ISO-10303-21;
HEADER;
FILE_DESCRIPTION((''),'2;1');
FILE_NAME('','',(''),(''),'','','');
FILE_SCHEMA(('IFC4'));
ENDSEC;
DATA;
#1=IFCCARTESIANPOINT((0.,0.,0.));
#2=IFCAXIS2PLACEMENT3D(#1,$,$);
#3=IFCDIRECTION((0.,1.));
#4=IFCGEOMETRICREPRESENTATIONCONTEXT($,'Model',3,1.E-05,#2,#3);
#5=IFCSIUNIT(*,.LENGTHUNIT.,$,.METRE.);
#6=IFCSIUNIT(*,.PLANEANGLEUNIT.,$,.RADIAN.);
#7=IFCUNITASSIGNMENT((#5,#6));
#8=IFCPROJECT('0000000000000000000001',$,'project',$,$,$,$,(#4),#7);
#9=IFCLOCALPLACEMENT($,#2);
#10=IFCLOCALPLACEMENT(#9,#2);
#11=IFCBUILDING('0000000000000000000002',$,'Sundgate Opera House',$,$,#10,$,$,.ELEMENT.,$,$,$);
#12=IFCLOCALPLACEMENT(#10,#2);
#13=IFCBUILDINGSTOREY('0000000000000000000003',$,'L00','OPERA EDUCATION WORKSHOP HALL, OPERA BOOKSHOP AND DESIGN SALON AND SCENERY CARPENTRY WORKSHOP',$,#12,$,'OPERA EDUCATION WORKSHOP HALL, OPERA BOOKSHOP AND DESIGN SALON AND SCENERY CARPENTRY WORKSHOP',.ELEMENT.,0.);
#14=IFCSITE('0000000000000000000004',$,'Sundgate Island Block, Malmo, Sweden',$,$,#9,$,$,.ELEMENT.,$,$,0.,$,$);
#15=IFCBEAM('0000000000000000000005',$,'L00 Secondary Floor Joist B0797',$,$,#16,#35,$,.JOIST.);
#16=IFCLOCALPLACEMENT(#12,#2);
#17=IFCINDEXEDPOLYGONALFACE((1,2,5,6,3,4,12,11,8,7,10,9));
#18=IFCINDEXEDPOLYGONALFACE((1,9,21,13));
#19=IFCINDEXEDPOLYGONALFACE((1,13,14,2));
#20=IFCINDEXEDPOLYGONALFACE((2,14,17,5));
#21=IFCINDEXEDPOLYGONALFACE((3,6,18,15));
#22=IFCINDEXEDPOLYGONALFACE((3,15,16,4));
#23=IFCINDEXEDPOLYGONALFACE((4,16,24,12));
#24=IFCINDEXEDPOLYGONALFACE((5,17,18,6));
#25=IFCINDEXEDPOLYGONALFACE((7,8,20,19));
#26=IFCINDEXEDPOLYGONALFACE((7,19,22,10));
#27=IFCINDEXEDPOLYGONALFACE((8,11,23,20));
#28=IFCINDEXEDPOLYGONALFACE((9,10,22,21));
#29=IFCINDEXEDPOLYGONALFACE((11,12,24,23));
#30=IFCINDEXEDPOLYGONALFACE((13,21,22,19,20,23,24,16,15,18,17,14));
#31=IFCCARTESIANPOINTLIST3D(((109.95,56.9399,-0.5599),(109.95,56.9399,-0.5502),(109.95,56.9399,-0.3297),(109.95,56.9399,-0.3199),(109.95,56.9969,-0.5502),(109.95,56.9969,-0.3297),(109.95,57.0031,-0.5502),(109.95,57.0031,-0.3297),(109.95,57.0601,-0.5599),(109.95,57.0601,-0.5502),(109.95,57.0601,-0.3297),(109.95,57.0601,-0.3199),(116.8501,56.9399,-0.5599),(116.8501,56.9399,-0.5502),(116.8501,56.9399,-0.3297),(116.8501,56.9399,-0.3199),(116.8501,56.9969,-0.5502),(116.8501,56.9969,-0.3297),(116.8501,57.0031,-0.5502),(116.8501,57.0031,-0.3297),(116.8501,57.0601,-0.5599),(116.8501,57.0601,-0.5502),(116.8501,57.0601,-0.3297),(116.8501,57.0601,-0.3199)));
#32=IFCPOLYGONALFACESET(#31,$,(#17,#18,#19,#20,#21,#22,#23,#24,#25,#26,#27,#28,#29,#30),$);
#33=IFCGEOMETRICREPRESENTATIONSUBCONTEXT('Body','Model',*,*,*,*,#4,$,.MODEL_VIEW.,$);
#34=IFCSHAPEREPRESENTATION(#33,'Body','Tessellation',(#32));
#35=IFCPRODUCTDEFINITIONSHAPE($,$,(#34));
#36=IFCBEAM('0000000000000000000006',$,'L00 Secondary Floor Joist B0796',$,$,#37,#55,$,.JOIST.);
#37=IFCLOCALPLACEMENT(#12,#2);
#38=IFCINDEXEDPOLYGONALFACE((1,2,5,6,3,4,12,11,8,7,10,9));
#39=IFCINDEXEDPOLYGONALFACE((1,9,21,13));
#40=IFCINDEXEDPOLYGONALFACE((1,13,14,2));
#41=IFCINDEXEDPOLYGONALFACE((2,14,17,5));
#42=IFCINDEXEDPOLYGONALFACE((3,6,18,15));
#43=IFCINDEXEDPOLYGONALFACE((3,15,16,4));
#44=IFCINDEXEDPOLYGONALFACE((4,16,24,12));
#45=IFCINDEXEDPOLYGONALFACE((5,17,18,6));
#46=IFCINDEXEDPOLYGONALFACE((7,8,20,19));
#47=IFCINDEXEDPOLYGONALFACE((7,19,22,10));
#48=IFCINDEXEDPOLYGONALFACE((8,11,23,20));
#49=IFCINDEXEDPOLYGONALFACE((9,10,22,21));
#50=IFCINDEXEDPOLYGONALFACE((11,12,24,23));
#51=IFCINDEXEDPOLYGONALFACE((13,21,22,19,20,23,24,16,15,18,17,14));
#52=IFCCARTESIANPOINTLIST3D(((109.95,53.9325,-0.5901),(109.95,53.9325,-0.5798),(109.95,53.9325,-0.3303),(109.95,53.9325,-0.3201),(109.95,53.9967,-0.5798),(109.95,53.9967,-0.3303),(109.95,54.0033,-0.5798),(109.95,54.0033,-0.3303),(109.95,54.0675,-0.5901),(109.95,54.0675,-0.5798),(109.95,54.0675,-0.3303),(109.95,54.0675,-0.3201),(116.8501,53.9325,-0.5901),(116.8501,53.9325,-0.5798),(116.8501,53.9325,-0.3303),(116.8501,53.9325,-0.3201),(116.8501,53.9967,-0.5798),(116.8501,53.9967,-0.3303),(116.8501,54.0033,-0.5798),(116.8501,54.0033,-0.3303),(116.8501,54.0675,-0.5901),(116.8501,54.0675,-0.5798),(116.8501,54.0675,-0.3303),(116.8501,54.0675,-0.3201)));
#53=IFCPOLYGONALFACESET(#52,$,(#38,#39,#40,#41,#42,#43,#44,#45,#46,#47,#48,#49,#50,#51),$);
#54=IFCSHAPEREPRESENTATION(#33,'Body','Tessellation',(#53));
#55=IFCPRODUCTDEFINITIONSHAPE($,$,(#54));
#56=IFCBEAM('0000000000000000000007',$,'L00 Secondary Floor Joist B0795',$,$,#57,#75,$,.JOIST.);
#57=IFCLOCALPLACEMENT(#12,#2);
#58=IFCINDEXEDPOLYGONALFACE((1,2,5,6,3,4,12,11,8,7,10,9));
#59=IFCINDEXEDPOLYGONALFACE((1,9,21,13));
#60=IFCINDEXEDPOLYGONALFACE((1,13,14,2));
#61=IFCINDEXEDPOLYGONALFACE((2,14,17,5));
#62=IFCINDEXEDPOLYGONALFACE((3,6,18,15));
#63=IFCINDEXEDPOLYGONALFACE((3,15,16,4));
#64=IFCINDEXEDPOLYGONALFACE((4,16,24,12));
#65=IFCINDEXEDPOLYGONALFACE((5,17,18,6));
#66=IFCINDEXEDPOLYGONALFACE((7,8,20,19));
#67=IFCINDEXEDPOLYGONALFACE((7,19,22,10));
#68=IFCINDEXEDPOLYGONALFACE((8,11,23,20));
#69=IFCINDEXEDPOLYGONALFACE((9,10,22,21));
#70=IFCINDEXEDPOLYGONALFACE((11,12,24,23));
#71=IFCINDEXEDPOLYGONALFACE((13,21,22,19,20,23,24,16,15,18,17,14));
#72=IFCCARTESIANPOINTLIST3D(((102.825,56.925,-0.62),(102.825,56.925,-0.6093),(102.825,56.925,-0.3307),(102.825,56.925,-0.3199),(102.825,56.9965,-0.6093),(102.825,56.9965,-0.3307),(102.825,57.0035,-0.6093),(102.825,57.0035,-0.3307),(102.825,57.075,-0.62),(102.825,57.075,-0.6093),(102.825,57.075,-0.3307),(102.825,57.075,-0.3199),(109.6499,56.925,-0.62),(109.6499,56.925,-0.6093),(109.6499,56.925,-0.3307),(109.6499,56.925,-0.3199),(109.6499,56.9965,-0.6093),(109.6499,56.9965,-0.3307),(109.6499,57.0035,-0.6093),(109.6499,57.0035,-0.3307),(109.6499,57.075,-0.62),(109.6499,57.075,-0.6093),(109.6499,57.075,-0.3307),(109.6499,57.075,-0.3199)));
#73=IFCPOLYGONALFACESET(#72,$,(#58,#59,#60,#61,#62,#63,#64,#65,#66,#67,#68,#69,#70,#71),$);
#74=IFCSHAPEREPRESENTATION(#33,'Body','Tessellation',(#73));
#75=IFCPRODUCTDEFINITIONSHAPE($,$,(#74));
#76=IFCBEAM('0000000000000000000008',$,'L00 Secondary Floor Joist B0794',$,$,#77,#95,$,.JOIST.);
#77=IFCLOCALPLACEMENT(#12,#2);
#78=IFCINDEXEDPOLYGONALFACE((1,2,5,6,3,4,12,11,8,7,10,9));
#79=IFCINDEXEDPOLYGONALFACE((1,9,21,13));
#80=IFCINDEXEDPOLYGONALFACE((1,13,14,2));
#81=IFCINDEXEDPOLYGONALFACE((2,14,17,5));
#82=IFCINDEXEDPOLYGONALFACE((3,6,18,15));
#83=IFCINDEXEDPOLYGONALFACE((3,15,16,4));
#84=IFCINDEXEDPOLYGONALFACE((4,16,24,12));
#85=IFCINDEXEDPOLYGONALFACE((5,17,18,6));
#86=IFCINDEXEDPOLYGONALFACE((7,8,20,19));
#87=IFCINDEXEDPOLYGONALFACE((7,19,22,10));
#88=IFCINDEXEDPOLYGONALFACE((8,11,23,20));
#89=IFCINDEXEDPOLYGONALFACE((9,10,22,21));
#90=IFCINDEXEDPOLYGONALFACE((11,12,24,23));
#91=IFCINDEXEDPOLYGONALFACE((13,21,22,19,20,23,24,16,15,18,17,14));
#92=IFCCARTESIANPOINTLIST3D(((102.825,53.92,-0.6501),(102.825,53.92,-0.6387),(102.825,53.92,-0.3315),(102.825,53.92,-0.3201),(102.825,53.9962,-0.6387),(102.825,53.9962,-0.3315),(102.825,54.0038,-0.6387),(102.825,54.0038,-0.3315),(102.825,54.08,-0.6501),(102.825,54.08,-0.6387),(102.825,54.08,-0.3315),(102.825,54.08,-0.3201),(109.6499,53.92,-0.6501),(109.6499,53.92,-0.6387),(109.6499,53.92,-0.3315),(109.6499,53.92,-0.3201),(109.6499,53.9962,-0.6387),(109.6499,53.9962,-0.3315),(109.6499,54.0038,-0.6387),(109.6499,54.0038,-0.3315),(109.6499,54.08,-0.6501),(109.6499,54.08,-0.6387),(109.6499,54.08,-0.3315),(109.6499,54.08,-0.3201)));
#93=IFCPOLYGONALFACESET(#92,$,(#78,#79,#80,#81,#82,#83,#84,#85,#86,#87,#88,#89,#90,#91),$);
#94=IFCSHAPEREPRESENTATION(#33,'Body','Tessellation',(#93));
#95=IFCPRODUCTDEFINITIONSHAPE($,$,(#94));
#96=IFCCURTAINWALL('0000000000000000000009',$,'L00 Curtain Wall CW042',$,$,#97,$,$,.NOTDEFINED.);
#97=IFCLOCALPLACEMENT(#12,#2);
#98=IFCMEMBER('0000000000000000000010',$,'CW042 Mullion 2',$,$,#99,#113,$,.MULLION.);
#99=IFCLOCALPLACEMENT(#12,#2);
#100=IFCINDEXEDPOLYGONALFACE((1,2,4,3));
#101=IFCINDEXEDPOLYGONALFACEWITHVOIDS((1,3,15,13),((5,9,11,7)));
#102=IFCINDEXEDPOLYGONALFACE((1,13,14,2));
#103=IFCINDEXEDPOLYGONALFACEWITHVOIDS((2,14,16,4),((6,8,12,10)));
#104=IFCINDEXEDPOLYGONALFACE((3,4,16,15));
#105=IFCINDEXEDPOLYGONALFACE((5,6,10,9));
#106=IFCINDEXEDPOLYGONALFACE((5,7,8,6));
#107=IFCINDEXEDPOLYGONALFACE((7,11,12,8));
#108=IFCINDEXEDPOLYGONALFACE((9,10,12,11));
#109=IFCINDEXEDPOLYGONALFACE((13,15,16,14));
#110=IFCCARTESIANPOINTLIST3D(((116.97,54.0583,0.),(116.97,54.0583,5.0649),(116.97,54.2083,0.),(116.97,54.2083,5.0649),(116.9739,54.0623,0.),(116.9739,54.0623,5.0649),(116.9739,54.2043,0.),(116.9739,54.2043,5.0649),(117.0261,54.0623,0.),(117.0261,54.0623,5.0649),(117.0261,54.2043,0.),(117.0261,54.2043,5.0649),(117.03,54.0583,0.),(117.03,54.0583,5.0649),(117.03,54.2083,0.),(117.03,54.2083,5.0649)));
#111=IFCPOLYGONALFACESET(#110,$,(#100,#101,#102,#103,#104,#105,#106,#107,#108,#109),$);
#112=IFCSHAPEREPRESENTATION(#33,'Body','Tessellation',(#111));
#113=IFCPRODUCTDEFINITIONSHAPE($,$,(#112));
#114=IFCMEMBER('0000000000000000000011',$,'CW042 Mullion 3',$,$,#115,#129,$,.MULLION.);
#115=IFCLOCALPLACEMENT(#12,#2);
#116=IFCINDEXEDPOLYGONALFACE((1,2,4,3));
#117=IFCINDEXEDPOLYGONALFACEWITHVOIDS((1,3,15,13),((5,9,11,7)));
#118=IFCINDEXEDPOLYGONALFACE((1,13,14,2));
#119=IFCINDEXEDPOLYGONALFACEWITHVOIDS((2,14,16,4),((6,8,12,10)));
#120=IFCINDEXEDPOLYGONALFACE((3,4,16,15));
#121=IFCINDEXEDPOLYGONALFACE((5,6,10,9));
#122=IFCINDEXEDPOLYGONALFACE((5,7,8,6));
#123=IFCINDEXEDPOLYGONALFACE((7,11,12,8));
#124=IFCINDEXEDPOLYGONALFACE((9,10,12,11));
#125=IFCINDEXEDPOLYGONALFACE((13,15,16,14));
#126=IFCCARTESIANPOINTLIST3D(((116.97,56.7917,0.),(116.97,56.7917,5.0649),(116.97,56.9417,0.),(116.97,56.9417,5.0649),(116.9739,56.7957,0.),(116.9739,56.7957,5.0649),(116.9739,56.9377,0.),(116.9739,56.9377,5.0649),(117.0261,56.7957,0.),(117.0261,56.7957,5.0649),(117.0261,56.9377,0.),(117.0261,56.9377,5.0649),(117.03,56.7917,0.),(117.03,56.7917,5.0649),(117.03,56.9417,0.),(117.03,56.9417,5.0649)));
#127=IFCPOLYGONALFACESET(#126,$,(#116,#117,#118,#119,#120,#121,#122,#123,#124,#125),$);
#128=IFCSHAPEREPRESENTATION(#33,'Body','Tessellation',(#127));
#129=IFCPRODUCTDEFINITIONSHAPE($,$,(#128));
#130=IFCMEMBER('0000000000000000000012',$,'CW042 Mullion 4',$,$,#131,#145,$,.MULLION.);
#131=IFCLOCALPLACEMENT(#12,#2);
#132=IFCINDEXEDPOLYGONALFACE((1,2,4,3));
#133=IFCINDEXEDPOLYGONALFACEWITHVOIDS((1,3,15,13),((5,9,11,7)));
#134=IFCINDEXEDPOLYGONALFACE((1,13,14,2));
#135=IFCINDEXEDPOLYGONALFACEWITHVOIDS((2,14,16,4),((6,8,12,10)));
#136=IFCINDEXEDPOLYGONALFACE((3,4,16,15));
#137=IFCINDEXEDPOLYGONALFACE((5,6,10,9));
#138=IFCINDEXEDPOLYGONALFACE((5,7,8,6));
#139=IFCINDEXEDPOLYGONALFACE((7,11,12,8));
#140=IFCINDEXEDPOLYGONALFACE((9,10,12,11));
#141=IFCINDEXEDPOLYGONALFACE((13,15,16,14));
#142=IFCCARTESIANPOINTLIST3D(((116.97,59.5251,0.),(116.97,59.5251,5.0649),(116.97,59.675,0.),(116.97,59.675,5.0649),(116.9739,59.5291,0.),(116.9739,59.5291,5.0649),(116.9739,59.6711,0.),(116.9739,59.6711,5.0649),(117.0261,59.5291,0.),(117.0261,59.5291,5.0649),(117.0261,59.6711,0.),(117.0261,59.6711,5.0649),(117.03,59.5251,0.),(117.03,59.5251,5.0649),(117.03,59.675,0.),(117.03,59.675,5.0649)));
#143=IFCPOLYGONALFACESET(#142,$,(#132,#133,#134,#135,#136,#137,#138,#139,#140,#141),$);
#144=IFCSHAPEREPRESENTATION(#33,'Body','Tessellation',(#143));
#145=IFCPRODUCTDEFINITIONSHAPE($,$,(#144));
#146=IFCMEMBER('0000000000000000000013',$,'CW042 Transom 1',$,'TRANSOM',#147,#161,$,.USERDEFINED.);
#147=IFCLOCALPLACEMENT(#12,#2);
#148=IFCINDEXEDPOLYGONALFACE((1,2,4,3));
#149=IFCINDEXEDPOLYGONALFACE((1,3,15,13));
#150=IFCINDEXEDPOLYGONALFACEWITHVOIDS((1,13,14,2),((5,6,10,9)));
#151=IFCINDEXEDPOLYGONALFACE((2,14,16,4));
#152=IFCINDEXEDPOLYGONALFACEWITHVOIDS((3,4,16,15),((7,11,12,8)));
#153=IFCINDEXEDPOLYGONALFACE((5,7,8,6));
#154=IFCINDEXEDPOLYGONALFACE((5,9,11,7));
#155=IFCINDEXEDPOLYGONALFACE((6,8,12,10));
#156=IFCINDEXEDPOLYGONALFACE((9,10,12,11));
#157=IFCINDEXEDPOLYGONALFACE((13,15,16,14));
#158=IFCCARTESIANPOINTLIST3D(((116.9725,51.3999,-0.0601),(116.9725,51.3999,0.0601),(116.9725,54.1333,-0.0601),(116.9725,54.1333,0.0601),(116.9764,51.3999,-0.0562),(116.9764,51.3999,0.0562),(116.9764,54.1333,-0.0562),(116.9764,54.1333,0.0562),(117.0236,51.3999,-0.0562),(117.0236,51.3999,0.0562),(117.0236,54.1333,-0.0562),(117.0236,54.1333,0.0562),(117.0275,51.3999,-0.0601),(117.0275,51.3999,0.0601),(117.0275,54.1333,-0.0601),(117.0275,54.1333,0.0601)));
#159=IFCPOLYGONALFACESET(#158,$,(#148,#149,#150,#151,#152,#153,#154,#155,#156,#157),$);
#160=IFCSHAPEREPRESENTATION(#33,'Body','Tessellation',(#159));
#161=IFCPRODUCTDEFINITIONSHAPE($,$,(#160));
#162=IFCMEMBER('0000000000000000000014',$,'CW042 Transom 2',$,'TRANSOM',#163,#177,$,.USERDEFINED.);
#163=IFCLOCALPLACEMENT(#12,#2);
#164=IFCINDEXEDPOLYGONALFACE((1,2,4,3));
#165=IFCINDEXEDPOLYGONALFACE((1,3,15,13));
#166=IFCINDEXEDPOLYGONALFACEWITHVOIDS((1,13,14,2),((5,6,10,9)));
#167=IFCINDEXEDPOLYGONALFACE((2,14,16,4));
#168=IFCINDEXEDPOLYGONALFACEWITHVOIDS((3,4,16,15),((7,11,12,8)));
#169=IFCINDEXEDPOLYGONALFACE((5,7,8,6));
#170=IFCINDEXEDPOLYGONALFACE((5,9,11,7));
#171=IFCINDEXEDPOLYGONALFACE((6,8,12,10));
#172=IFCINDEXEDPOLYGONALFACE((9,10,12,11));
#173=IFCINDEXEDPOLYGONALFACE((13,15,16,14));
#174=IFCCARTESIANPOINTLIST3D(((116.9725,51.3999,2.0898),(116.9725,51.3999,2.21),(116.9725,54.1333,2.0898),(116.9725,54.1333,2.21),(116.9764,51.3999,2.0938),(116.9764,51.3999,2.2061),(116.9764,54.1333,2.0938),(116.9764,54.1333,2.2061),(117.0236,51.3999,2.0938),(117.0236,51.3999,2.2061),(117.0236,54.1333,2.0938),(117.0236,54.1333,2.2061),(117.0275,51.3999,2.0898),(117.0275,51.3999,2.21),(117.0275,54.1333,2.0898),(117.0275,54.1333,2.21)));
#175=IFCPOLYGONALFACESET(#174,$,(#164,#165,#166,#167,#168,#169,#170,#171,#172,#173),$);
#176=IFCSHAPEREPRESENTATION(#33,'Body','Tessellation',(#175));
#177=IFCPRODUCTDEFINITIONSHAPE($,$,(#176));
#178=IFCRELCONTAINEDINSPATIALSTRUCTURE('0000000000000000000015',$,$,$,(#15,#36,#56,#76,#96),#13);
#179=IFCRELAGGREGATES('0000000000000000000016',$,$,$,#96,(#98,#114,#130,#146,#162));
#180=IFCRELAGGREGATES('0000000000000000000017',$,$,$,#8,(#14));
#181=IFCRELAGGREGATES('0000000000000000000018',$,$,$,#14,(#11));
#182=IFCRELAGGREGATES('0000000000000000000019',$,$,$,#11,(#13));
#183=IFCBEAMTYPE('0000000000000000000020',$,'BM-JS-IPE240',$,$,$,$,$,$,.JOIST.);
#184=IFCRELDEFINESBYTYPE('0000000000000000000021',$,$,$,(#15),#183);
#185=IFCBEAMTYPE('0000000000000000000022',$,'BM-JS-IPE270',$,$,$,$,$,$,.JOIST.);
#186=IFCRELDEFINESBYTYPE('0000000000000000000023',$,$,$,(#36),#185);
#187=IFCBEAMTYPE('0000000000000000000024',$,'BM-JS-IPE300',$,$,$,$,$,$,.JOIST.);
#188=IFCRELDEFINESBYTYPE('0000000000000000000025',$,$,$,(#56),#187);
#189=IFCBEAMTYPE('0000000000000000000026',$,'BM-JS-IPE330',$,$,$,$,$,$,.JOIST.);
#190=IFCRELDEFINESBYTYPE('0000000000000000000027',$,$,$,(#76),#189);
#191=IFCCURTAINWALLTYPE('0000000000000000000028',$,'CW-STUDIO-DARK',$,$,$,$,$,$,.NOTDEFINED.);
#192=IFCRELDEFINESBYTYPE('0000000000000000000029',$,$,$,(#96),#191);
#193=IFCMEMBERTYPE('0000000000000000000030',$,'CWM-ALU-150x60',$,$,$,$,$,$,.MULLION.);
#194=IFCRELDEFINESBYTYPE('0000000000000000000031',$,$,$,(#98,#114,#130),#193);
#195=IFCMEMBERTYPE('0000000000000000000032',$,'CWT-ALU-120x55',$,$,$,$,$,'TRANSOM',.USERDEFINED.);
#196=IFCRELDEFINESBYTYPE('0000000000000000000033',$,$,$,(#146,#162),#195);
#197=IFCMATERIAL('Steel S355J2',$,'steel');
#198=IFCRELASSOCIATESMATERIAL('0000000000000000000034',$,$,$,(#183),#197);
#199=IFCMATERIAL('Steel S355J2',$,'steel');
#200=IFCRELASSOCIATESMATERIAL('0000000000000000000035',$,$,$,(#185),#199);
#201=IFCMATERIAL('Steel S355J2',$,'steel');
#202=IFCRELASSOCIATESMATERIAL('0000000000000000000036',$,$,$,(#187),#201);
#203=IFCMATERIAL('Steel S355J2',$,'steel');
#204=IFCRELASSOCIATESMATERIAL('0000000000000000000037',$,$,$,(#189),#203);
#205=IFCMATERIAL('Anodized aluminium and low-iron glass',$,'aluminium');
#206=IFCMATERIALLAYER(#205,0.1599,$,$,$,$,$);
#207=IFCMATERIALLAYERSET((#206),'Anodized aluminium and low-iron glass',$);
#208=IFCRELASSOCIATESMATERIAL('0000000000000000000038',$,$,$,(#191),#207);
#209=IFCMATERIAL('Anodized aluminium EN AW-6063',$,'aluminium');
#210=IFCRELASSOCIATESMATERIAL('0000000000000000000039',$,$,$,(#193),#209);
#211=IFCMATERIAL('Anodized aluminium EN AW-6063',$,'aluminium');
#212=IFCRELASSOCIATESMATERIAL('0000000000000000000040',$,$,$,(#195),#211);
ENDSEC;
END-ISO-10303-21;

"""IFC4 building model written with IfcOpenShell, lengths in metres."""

from ifc_helpers import new_model, si_unit, direction, frame, origin, origin_2d, place, context, subcontext, project, spatial, hollow_rectangle, i_section, extrude, material, layer, layer_set, material_profile, profile_set, type_object, element, aggregate, save


model = new_model("IFC4")

# Units and contexts
model_context = context("Model", 3, precision=1e-05, world=origin(), true_north=direction((0.0, 1.0)))
body_context = subcontext(model_context, "Body", "Model", "MODEL_VIEW")
ifc_project = project(units=[si_unit("LENGTHUNIT", "METRE"), si_unit("PLANEANGLEUNIT", "RADIAN")], contexts=[model_context])

# Site, building, storey
site_placement = place(None, origin())
site = spatial("IfcSite", under=ifc_project, at=site_placement, Name="Sundgate Island Block, Malmo, Sweden", CompositionType="ELEMENT", RefElevation=0.0)
building_placement = place(site_placement, origin())
building = spatial("IfcBuilding", under=site, at=building_placement, Name="Sundgate Opera House", CompositionType="ELEMENT")
storey_placement = place(building_placement, origin())
storey = spatial("IfcBuildingStorey", under=building, at=storey_placement, Name="L00", Description="OPERA EDUCATION WORKSHOP HALL, OPERA BOOKSHOP AND DESIGN SALON AND SCENERY CARPENTRY WORKSHOP", LongName="OPERA EDUCATION WORKSHOP HALL, OPERA BOOKSHOP AND DESIGN SALON AND SCENERY CARPENTRY WORKSHOP", CompositionType="ELEMENT", Elevation=0.0)

# Beams
ifc_material_1 = material(Name="Steel S355J2", Category="steel")
ifc_material_profile_1 = material_profile(ifc_material_1, i_section(OverallWidth=0.1201, OverallDepth=0.24, WebThickness=0.0061, FlangeThickness=0.0098, at=origin_2d()), Name="IPE 240")
ifc_profile_set_1 = profile_set([ifc_material_profile_1], Name="Steel S355J2")
beam_type_1 = type_object("IfcBeamType", Name="BM-JS-IPE240", PredefinedType="JOIST", material=ifc_profile_set_1)
beam_1_placement = place(storey_placement, frame((109.95, 57.0, -0.4399), z_axis=(1.0, 0.0, 0.0), x_axis=(0.0, 1.0, 0.0)))
element("IfcBeam", 1, at=beam_1_placement, inside=storey, type_object=beam_type_1, Name="L00 Secondary Floor Joist B0797", PredefinedType="JOIST", context=body_context, shape_type="SweptSolid", body=[
    extrude(i_section(OverallWidth=0.1201, OverallDepth=0.24, WebThickness=0.0061, FlangeThickness=0.0098, at=origin_2d()), origin(), (0.0, 0.0, 1.0), 6.9001),
])
ifc_material_2 = material(Name="Steel S355J2", Category="steel")
ifc_material_profile_2 = material_profile(ifc_material_2, i_section(OverallWidth=0.135, OverallDepth=0.27, WebThickness=0.0066, FlangeThickness=0.0103, at=origin_2d()), Name="IPE 270")
ifc_profile_set_2 = profile_set([ifc_material_profile_2], Name="Steel S355J2")
beam_type_2 = type_object("IfcBeamType", Name="BM-JS-IPE270", PredefinedType="JOIST", material=ifc_profile_set_2)
beam_2_placement = place(storey_placement, frame((109.95, 54.0, -0.4551), z_axis=(1.0, 0.0, 0.0), x_axis=(0.0, 1.0, 0.0)))
element("IfcBeam", 2, at=beam_2_placement, inside=storey, type_object=beam_type_2, Name="L00 Secondary Floor Joist B0796", PredefinedType="JOIST", context=body_context, shape_type="SweptSolid", body=[
    extrude(i_section(OverallWidth=0.135, OverallDepth=0.27, WebThickness=0.0066, FlangeThickness=0.0103, at=origin_2d()), origin(), (0.0, 0.0, 1.0), 6.9001),
])
ifc_material_3 = material(Name="Steel S355J2", Category="steel")
ifc_material_profile_3 = material_profile(ifc_material_3, i_section(OverallWidth=0.1499, OverallDepth=0.3, WebThickness=0.0071, FlangeThickness=0.0107, at=origin_2d()), Name="IPE 300")
ifc_profile_set_3 = profile_set([ifc_material_profile_3], Name="Steel S355J2")
beam_type_3 = type_object("IfcBeamType", Name="BM-JS-IPE300", PredefinedType="JOIST", material=ifc_profile_set_3)
beam_3_placement = place(storey_placement, frame((102.825, 57.0, -0.47), z_axis=(1.0, 0.0, 0.0), x_axis=(0.0, 1.0, 0.0)))
element("IfcBeam", 3, at=beam_3_placement, inside=storey, type_object=beam_type_3, Name="L00 Secondary Floor Joist B0795", PredefinedType="JOIST", context=body_context, shape_type="SweptSolid", body=[
    extrude(i_section(OverallWidth=0.1499, OverallDepth=0.3, WebThickness=0.0071, FlangeThickness=0.0107, at=origin_2d()), origin(), (0.0, 0.0, 1.0), 6.825),
])
ifc_material_4 = material(Name="Steel S355J2", Category="steel")
ifc_material_profile_4 = material_profile(ifc_material_4, i_section(OverallWidth=0.1599, OverallDepth=0.3301, WebThickness=0.0076, FlangeThickness=0.0115, at=origin_2d()), Name="IPE 330")
ifc_profile_set_4 = profile_set([ifc_material_profile_4], Name="Steel S355J2")
beam_type_4 = type_object("IfcBeamType", Name="BM-JS-IPE330", PredefinedType="JOIST", material=ifc_profile_set_4)
beam_4_placement = place(storey_placement, frame((102.825, 54.0, -0.4851), z_axis=(1.0, 0.0, 0.0), x_axis=(0.0, 1.0, 0.0)))
element("IfcBeam", 4, at=beam_4_placement, inside=storey, type_object=beam_type_4, Name="L00 Secondary Floor Joist B0794", PredefinedType="JOIST", context=body_context, shape_type="SweptSolid", body=[
    extrude(i_section(OverallWidth=0.1599, OverallDepth=0.3301, WebThickness=0.0076, FlangeThickness=0.0115, at=origin_2d()), origin(), (0.0, 0.0, 1.0), 6.825),
])

# Curtain wall, members
ifc_material_5 = material(Name="Anodized aluminium and low-iron glass", Category="aluminium")
ifc_layer_1 = layer(ifc_material_5, 0.1599)
ifc_layer_set_1 = layer_set([ifc_layer_1], Name="Anodized aluminium and low-iron glass")
curtain_wall_type = type_object("IfcCurtainWallType", Name="CW-STUDIO-DARK", PredefinedType="NOTDEFINED", material=ifc_layer_set_1)
curtain_wall_placement = place(storey_placement, origin())
curtain_wall = element("IfcCurtainWall", 5, at=curtain_wall_placement, inside=storey, type_object=curtain_wall_type, Name="L00 Curtain Wall CW042", PredefinedType="NOTDEFINED")
ifc_material_6 = material(Name="Anodized aluminium EN AW-6063", Category="aluminium")
ifc_material_profile_5 = material_profile(ifc_material_6, hollow_rectangle(XDim=0.0601, YDim=0.1499, WallThickness=0.0039, at=origin_2d()), Name="CWM 150x60x4")
ifc_profile_set_5 = profile_set([ifc_material_profile_5], Name="Anodized aluminium EN AW-6063")
member_type_1 = type_object("IfcMemberType", Name="CWM-ALU-150x60", PredefinedType="MULLION", material=ifc_profile_set_5)
member_1_placement = place(storey_placement, frame((117.0, 54.1333, 0.0), z_axis=(0.0, 0.0, 1.0), x_axis=(1.0, 0.0, 0.0)))
member_1 = element("IfcMember", 6, at=member_1_placement, type_object=member_type_1, Name="CW042 Mullion 2", PredefinedType="MULLION", context=body_context, shape_type="SweptSolid", body=[
    extrude(hollow_rectangle(XDim=0.0601, YDim=0.1499, WallThickness=0.0039, at=origin_2d()), origin(), (0.0, 0.0, 1.0), 5.0649),
])
member_2_placement = place(storey_placement, frame((117.0, 56.8667, 0.0), z_axis=(0.0, 0.0, 1.0), x_axis=(1.0, 0.0, 0.0)))
member_2 = element("IfcMember", 7, at=member_2_placement, type_object=member_type_1, Name="CW042 Mullion 3", PredefinedType="MULLION", context=body_context, shape_type="SweptSolid", body=[
    extrude(hollow_rectangle(XDim=0.0601, YDim=0.1499, WallThickness=0.0039, at=origin_2d()), origin(), (0.0, 0.0, 1.0), 5.0649),
])
member_3_placement = place(storey_placement, frame((117.0, 59.6001, 0.0), z_axis=(0.0, 0.0, 1.0), x_axis=(1.0, 0.0, 0.0)))
member_3 = element("IfcMember", 8, at=member_3_placement, type_object=member_type_1, Name="CW042 Mullion 4", PredefinedType="MULLION", context=body_context, shape_type="SweptSolid", body=[
    extrude(hollow_rectangle(XDim=0.0601, YDim=0.1499, WallThickness=0.0039, at=origin_2d()), origin(), (0.0, 0.0, 1.0), 5.0649),
])
ifc_material_7 = material(Name="Anodized aluminium EN AW-6063", Category="aluminium")
ifc_material_profile_6 = material_profile(ifc_material_7, hollow_rectangle(XDim=0.0549, YDim=0.1201, WallThickness=0.0039, at=origin_2d()), Name="CWT 120x55x4")
ifc_profile_set_6 = profile_set([ifc_material_profile_6], Name="Anodized aluminium EN AW-6063")
member_type_2 = type_object("IfcMemberType", Name="CWT-ALU-120x55", ElementType="TRANSOM", PredefinedType="USERDEFINED", material=ifc_profile_set_6)
member_4_placement = place(storey_placement, frame((117.0, 51.3999, 0.0), z_axis=(0.0, 1.0, 0.0), x_axis=(-1.0, 0.0, 0.0)))
member_4 = element("IfcMember", 9, at=member_4_placement, type_object=member_type_2, Name="CW042 Transom 1", ObjectType="TRANSOM", PredefinedType="USERDEFINED", context=body_context, shape_type="SweptSolid", body=[
    extrude(hollow_rectangle(XDim=0.0549, YDim=0.1201, WallThickness=0.0039, at=origin_2d()), origin(), (0.0, 0.0, 1.0), 2.7334),
])
member_5_placement = place(storey_placement, frame((117.0, 51.3999, 2.1499), z_axis=(0.0, 1.0, 0.0), x_axis=(-1.0, 0.0, 0.0)))
member_5 = element("IfcMember", 10, at=member_5_placement, type_object=member_type_2, Name="CW042 Transom 2", ObjectType="TRANSOM", PredefinedType="USERDEFINED", context=body_context, shape_type="SweptSolid", body=[
    extrude(hollow_rectangle(XDim=0.0549, YDim=0.1201, WallThickness=0.0039, at=origin_2d()), origin(), (0.0, 0.0, 1.0), 2.7334),
])
aggregate(curtain_wall, [member_1, member_2, member_3, member_4, member_5])

save(model, "model.ifc")
